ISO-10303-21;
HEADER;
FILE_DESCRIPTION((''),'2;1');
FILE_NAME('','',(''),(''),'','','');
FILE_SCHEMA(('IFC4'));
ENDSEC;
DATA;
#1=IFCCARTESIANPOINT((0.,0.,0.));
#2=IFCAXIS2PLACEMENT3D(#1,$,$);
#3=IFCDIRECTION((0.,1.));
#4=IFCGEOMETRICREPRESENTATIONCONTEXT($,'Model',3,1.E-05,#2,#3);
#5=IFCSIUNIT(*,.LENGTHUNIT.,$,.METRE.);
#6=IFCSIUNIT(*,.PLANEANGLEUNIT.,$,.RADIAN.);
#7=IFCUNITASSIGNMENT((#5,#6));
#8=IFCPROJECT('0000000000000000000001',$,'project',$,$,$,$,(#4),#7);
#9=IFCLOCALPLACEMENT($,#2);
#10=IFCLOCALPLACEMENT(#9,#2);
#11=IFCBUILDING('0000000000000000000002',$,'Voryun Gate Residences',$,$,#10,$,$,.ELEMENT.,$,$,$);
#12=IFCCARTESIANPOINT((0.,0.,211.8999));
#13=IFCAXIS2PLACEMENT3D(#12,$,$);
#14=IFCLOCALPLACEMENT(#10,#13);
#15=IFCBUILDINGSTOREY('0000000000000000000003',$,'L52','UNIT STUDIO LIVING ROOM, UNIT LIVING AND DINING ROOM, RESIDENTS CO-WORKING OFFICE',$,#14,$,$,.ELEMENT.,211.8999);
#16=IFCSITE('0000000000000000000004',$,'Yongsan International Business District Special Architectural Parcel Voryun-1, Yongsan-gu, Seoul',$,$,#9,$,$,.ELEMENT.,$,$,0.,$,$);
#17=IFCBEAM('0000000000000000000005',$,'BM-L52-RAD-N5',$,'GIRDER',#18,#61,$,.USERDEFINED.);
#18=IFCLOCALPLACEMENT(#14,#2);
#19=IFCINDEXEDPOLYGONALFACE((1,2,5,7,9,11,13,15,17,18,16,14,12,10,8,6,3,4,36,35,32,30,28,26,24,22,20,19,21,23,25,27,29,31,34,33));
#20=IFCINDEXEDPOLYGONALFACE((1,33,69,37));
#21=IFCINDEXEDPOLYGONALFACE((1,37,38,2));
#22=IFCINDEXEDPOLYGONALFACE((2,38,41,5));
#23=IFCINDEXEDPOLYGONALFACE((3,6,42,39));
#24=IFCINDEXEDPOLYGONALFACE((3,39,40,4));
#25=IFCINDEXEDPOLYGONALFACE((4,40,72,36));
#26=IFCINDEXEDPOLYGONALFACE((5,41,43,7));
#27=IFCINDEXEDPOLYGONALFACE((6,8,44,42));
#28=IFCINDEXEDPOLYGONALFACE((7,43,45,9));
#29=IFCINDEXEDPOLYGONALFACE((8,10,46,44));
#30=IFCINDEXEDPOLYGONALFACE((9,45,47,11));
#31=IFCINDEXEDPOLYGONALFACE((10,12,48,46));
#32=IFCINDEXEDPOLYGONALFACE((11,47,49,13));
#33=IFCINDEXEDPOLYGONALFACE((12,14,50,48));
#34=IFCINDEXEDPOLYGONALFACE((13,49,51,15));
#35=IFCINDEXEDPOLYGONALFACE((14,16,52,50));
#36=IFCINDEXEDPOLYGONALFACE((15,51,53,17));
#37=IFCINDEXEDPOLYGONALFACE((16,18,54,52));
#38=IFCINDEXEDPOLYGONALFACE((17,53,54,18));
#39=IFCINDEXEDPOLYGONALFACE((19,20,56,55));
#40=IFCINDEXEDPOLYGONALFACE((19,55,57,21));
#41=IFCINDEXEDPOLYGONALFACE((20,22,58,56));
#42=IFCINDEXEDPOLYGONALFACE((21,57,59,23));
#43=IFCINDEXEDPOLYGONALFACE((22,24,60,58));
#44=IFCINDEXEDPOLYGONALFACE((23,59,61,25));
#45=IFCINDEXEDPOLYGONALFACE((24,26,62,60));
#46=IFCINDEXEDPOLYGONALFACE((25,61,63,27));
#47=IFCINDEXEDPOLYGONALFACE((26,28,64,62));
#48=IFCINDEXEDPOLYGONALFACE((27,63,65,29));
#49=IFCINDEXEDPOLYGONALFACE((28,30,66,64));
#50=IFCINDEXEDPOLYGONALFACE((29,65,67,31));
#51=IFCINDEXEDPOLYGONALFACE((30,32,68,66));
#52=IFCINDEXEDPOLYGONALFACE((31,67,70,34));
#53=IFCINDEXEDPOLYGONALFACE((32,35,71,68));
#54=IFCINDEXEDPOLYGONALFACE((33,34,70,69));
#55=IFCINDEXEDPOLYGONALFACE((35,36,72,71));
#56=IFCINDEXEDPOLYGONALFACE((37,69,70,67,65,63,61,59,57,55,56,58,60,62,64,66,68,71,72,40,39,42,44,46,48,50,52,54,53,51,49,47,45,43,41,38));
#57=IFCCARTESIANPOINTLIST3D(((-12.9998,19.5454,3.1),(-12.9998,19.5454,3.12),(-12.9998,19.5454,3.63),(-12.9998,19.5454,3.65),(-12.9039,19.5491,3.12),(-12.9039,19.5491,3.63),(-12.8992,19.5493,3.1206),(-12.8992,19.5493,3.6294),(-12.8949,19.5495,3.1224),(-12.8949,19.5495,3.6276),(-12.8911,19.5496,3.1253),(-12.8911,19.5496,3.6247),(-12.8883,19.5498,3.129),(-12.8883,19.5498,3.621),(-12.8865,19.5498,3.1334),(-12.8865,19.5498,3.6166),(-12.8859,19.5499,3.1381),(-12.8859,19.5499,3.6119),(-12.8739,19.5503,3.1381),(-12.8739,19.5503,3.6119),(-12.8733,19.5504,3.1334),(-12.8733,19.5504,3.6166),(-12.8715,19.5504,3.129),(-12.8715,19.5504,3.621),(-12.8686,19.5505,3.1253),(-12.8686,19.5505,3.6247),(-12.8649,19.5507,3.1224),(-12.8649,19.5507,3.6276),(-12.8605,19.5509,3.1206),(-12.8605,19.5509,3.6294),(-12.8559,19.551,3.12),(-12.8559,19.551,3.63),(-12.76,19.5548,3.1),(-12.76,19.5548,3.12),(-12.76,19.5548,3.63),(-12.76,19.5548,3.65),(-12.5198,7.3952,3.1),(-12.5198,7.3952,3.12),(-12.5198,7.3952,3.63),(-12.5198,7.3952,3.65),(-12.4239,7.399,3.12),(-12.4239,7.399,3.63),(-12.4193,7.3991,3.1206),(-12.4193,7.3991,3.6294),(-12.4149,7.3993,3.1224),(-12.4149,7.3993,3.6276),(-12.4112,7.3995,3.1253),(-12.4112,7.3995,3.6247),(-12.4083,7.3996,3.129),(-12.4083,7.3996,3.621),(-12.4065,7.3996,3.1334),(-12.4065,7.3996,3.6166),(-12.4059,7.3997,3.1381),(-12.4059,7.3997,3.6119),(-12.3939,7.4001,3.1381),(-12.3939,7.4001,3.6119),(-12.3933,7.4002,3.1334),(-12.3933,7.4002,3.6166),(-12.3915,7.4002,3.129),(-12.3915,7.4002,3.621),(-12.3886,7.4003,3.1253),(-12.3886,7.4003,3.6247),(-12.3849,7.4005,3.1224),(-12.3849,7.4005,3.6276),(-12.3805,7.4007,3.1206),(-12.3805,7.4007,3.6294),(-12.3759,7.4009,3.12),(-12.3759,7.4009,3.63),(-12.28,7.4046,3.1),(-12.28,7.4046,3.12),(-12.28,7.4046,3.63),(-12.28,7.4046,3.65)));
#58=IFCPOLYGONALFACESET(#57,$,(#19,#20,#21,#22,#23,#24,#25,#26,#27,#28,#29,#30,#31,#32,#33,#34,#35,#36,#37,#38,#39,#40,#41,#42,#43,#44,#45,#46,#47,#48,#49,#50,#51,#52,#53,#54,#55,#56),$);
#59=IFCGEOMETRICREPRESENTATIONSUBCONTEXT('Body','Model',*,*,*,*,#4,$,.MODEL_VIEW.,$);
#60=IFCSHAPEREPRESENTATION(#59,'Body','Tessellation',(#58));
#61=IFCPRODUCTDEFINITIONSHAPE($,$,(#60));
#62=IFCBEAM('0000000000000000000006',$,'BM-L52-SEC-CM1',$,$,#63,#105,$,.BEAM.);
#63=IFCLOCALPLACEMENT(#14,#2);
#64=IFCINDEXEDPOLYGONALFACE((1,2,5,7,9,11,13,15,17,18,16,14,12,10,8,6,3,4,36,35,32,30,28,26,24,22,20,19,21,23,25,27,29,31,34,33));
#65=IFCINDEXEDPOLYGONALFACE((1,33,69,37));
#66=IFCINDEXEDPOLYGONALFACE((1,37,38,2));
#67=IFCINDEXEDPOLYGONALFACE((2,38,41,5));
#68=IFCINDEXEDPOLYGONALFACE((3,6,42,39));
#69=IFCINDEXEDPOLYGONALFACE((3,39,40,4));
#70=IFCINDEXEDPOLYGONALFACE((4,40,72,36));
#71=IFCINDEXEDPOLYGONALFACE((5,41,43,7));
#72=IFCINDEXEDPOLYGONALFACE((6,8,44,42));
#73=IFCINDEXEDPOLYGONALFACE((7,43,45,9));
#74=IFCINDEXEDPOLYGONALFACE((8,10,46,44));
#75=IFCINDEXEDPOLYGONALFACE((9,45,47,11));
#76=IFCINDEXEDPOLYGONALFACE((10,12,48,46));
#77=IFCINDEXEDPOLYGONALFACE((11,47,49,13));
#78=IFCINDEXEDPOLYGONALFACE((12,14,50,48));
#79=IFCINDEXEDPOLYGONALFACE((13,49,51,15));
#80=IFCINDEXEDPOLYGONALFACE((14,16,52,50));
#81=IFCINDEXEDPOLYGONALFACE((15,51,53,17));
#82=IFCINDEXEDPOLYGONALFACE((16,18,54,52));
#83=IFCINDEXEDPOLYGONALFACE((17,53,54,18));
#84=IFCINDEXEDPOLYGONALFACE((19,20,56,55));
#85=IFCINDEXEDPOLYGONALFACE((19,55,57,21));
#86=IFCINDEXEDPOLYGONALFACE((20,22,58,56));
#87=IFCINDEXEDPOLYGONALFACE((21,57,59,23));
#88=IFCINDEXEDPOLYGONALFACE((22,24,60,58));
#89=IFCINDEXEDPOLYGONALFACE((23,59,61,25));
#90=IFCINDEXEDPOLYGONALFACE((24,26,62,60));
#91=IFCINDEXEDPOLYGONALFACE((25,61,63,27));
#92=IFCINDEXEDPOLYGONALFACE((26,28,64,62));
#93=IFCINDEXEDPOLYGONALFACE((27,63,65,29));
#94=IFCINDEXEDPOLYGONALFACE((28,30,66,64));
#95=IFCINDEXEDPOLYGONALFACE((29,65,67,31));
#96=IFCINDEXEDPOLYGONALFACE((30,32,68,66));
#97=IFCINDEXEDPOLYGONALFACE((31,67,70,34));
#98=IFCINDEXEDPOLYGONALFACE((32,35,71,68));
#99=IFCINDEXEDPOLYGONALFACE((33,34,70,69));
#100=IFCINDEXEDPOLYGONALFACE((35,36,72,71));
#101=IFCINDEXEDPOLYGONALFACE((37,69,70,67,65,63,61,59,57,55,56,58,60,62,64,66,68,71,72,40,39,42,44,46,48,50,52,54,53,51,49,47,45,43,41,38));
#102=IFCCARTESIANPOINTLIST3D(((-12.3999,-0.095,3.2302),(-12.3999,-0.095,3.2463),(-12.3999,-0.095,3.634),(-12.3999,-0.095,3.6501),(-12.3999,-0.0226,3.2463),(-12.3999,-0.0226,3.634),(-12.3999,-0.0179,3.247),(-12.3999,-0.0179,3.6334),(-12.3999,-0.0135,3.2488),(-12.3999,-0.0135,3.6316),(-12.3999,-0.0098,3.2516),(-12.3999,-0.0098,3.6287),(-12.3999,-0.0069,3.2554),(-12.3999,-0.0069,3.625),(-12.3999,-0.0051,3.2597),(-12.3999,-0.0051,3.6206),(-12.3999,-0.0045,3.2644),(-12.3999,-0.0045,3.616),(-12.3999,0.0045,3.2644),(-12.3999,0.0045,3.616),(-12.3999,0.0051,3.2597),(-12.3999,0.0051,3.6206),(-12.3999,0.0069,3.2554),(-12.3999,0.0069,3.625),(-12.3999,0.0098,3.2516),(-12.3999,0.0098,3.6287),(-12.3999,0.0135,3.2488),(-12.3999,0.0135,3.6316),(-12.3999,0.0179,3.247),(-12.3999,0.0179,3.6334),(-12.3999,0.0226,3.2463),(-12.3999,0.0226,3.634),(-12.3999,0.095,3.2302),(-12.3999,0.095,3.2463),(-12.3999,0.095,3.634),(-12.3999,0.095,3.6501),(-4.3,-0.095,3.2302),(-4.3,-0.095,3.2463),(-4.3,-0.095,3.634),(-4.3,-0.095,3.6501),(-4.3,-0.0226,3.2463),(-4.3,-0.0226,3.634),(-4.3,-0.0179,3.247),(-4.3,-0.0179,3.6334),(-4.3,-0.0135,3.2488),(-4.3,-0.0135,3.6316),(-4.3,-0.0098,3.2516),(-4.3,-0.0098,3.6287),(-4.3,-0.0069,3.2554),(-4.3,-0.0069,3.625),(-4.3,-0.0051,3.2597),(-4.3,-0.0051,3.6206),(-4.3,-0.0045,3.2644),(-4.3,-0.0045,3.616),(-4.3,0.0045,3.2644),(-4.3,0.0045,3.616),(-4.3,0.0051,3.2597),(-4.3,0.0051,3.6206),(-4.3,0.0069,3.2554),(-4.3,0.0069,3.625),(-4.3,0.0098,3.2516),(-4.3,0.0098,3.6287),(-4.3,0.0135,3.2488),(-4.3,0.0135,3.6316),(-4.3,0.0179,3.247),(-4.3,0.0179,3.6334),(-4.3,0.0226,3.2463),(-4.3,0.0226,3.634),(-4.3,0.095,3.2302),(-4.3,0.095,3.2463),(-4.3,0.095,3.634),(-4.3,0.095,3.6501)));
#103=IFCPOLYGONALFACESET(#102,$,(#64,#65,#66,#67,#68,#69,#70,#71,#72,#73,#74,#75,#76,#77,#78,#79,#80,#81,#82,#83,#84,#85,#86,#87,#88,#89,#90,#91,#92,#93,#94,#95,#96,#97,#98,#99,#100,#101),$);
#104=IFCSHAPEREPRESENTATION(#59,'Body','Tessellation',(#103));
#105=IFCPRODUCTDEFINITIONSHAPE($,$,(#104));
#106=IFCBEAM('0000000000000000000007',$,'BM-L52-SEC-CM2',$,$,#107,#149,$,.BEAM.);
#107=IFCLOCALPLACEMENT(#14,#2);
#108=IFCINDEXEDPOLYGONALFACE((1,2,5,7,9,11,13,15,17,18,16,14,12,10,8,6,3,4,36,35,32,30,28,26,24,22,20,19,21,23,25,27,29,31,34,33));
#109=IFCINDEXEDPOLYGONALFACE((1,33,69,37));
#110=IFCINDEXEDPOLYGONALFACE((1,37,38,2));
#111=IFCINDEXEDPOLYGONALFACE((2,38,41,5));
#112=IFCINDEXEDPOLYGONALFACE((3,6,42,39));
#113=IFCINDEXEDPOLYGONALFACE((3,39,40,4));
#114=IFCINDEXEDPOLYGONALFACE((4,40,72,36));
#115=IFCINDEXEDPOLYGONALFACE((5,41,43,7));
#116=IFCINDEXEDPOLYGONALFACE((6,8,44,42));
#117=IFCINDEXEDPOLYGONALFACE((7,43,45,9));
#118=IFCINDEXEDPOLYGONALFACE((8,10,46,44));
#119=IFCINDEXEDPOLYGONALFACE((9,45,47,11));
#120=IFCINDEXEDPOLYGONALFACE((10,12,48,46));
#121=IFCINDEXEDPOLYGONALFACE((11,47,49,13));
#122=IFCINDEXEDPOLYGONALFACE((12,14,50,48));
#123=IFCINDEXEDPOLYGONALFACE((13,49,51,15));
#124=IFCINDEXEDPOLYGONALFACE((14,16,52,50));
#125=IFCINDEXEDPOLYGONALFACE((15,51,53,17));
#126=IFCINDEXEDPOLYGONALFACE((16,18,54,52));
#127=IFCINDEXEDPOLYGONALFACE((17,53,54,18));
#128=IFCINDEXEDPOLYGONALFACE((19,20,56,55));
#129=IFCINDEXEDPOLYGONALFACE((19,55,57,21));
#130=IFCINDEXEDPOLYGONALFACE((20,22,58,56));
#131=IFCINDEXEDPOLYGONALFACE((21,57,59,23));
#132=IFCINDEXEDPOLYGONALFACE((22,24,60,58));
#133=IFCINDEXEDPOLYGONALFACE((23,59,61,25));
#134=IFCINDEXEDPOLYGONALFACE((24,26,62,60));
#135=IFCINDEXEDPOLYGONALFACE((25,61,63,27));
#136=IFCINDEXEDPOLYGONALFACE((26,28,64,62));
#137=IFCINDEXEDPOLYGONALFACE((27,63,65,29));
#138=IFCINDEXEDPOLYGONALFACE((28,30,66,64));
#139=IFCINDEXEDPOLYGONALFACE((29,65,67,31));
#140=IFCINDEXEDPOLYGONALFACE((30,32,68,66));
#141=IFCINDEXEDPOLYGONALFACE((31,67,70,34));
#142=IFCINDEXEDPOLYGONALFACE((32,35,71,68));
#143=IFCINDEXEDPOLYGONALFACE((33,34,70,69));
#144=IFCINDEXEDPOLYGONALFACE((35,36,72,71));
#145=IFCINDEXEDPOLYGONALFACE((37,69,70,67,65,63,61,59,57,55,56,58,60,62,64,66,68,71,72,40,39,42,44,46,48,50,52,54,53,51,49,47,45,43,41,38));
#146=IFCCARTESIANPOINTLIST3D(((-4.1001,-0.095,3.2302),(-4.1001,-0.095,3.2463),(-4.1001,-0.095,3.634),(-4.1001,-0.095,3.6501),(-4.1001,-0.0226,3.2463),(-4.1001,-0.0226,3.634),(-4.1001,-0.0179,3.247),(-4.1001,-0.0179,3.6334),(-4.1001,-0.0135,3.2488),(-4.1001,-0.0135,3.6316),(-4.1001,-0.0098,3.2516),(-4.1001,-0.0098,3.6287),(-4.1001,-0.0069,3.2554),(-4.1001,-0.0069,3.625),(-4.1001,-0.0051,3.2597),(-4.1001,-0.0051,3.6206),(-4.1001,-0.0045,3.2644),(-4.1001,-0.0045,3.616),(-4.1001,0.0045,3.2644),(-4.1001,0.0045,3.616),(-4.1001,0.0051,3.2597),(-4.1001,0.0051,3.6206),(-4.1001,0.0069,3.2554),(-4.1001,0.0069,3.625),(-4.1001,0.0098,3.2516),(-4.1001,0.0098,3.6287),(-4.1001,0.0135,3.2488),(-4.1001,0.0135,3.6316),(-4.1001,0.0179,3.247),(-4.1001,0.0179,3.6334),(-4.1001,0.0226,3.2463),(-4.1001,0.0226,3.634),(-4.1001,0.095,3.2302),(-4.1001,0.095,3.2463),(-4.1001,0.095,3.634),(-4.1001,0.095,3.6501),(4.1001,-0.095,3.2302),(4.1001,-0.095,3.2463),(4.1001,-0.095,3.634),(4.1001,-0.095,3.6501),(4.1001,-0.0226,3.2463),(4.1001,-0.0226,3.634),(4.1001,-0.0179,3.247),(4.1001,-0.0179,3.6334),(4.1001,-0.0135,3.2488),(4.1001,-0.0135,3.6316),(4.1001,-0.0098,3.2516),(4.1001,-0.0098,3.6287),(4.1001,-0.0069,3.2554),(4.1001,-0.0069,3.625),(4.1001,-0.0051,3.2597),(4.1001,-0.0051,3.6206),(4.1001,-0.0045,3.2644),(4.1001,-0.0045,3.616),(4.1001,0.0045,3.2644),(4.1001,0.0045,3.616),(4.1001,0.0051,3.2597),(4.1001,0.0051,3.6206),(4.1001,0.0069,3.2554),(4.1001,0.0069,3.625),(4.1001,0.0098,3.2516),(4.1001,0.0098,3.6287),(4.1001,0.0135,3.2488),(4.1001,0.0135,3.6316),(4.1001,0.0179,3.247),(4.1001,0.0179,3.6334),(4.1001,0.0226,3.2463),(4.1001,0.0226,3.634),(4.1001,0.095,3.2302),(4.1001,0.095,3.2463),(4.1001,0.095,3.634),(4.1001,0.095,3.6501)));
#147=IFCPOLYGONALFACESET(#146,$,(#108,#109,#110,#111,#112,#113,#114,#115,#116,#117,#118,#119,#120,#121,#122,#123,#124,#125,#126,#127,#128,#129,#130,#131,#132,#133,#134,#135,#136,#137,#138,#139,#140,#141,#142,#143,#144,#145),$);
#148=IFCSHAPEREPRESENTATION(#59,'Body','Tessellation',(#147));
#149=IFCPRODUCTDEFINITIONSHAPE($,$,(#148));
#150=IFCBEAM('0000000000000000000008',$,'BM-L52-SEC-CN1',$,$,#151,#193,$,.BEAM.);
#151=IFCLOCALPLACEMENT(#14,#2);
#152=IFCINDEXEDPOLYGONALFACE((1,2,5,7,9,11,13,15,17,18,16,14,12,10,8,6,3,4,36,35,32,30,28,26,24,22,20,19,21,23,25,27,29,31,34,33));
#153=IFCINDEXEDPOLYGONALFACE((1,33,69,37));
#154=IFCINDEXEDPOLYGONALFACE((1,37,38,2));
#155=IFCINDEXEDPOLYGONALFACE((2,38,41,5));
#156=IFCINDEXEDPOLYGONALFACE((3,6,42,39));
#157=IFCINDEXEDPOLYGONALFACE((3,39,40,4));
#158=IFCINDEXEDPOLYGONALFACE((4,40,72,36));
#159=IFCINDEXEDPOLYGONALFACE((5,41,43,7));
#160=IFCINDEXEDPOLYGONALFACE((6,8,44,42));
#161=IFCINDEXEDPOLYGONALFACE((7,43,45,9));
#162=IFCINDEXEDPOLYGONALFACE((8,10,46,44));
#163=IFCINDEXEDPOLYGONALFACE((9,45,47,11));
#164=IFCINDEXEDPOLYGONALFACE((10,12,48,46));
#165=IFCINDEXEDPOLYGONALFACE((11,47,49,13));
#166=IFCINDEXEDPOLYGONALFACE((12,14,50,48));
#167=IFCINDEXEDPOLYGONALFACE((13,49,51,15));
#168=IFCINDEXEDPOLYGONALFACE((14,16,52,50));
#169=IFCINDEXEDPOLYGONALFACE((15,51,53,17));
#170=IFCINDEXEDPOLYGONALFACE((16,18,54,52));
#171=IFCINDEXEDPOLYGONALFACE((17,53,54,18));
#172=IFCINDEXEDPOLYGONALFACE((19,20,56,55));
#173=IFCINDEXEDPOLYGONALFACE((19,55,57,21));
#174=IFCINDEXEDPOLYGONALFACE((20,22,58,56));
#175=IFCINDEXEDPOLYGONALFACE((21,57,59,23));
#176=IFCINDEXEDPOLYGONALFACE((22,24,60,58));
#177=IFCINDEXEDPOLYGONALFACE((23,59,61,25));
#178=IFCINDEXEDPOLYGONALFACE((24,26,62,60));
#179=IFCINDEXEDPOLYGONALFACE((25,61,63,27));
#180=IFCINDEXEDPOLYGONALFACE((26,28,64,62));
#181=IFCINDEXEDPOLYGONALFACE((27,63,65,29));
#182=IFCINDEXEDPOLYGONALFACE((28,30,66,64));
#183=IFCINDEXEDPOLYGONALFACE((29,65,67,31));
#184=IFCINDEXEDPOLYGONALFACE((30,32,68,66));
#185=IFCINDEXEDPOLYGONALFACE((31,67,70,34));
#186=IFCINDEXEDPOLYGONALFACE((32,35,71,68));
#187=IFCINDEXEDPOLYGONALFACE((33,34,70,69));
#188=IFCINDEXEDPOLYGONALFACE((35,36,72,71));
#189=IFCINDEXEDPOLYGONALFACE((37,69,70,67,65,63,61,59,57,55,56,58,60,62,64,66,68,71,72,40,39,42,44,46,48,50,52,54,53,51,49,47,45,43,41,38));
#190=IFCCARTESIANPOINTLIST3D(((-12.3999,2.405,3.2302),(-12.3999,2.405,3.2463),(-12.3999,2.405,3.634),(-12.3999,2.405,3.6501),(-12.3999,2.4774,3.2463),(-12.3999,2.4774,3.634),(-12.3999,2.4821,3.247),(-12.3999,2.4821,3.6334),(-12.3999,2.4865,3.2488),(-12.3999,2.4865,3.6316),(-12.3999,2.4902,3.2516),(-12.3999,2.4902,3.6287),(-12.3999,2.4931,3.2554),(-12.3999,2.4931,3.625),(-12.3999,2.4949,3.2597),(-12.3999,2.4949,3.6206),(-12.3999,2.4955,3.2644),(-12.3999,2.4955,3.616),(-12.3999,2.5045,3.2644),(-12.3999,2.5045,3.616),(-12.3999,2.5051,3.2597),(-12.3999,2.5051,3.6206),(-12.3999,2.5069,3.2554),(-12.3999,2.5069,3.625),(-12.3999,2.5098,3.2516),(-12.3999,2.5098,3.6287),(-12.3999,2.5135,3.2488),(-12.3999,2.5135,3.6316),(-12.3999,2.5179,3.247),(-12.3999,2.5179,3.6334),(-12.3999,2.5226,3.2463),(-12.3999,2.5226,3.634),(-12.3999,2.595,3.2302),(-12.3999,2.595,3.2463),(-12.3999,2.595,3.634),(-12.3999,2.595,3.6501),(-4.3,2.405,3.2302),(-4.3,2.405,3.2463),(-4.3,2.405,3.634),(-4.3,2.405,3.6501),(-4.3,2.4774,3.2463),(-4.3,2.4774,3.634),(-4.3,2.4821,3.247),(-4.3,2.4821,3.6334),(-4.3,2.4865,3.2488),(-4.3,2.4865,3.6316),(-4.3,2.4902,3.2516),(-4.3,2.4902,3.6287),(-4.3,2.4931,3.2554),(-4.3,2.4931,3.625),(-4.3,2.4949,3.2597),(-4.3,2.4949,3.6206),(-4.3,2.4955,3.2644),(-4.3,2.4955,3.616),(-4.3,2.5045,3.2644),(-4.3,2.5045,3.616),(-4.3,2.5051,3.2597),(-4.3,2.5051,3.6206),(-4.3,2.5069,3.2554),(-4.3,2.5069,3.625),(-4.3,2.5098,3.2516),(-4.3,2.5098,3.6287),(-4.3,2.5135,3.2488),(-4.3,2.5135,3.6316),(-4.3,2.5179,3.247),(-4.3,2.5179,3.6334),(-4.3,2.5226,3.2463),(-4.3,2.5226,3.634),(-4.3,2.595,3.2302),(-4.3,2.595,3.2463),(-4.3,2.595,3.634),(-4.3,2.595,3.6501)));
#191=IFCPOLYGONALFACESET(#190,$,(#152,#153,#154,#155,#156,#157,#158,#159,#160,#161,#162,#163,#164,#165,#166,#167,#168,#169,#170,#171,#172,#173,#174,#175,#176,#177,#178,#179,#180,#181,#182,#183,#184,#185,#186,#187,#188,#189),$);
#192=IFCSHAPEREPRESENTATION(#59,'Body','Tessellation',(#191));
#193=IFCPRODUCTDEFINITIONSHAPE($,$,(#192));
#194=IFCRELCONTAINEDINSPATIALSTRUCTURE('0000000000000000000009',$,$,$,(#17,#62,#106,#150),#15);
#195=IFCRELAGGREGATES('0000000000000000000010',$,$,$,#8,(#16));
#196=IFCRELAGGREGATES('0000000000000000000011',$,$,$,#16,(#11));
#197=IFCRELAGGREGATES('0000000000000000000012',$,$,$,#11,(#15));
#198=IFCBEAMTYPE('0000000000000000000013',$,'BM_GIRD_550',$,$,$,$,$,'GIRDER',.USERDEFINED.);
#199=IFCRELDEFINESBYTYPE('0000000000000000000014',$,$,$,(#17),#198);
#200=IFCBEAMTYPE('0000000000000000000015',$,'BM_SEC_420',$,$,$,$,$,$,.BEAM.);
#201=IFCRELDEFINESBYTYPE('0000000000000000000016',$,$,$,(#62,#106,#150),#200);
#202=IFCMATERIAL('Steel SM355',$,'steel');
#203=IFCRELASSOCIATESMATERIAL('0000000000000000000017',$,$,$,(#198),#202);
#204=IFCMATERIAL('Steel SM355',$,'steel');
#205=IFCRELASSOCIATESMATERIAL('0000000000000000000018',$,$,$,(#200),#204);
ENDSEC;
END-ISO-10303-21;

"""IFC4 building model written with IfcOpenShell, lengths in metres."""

from ifc_helpers import new_model, si_unit, direction, frame, origin, origin_2d, place, context, subcontext, project, spatial, i_section, extrude, material, material_profile, profile_set, type_object, element, save


model = new_model("IFC4")

# Units and contexts
model_context = context("Model", 3, precision=1e-05, world=origin(), true_north=direction((0.0, 1.0)))
body_context = subcontext(model_context, "Body", "Model", "MODEL_VIEW")
ifc_project = project(units=[si_unit("LENGTHUNIT", "METRE"), si_unit("PLANEANGLEUNIT", "RADIAN")], contexts=[model_context])

# Site, building, storey
site_placement = place(None, origin())
site = spatial("IfcSite", under=ifc_project, at=site_placement, Name="Yongsan International Business District Special Architectural Parcel Voryun-1, Yongsan-gu, Seoul", CompositionType="ELEMENT", RefElevation=0.0)
building_placement = place(site_placement, origin())
building = spatial("IfcBuilding", under=site, at=building_placement, Name="Voryun Gate Residences", CompositionType="ELEMENT")
storey_placement = place(building_placement, frame((0.0, 0.0, 211.8999)))
storey = spatial("IfcBuildingStorey", under=building, at=storey_placement, Name="L52", Description="UNIT STUDIO LIVING ROOM, UNIT LIVING AND DINING ROOM, RESIDENTS CO-WORKING OFFICE", CompositionType="ELEMENT", Elevation=211.8999)

# Beams
ifc_material_1 = material(Name="Steel SM355", Category="steel")
ifc_material_profile_1 = material_profile(ifc_material_1, i_section(OverallWidth=0.24, OverallDepth=0.55, WebThickness=0.012, FlangeThickness=0.02, FilletRadius=0.0181, at=origin_2d()), Name="H-550x240x12x20")
ifc_profile_set_1 = profile_set([ifc_material_profile_1], Name="Steel SM355")
beam_type_1 = type_object("IfcBeamType", Name="BM_GIRD_550", ElementType="GIRDER", PredefinedType="USERDEFINED", material=ifc_profile_set_1)
beam_1_placement = place(storey_placement, frame((-12.3999, 7.3999, 3.375), z_axis=(-0.039473, 0.999221, 0.0), x_axis=(-0.999221, -0.039473, 0.0)))
element("IfcBeam", 1, at=beam_1_placement, inside=storey, type_object=beam_type_1, Name="BM-L52-RAD-N5", ObjectType="GIRDER", PredefinedType="USERDEFINED", context=body_context, shape_type="SweptSolid", body=[
    extrude(i_section(OverallWidth=0.24, OverallDepth=0.55, WebThickness=0.012, FlangeThickness=0.02, FilletRadius=0.0181, at=origin_2d()), origin(), (0.0, 0.0, 1.0), 12.1597),
])
ifc_material_2 = material(Name="Steel SM355", Category="steel")
ifc_material_profile_2 = material_profile(ifc_material_2, i_section(OverallWidth=0.1899, OverallDepth=0.4199, WebThickness=0.009, FlangeThickness=0.0161, FilletRadius=0.0181, at=origin_2d()), Name="H-420x190x9x16")
ifc_profile_set_2 = profile_set([ifc_material_profile_2], Name="Steel SM355")
beam_type_2 = type_object("IfcBeamType", Name="BM_SEC_420", PredefinedType="BEAM", material=ifc_profile_set_2)
beam_2_placement = place(storey_placement, frame((-12.3999, 0.0, 3.4402), z_axis=(1.0, 0.0, 0.0), x_axis=(0.0, 1.0, 0.0)))
element("IfcBeam", 2, at=beam_2_placement, inside=storey, type_object=beam_type_2, Name="BM-L52-SEC-CM1", PredefinedType="BEAM", context=body_context, shape_type="SweptSolid", body=[
    extrude(i_section(OverallWidth=0.1899, OverallDepth=0.4199, WebThickness=0.009, FlangeThickness=0.0161, FilletRadius=0.0181, at=origin_2d()), origin(), (0.0, 0.0, 1.0), 8.0999),
])
beam_3_placement = place(storey_placement, frame((-4.1001, 0.0, 3.4402), z_axis=(1.0, 0.0, 0.0), x_axis=(0.0, 1.0, 0.0)))
element("IfcBeam", 3, at=beam_3_placement, inside=storey, type_object=beam_type_2, Name="BM-L52-SEC-CM2", PredefinedType="BEAM", context=body_context, shape_type="SweptSolid", body=[
    extrude(i_section(OverallWidth=0.1899, OverallDepth=0.4199, WebThickness=0.009, FlangeThickness=0.0161, FilletRadius=0.0181, at=origin_2d()), origin(), (0.0, 0.0, 1.0), 8.2002),
])
beam_4_placement = place(storey_placement, frame((-12.3999, 2.5, 3.4402), z_axis=(1.0, 0.0, 0.0), x_axis=(0.0, 1.0, 0.0)))
element("IfcBeam", 4, at=beam_4_placement, inside=storey, type_object=beam_type_2, Name="BM-L52-SEC-CN1", PredefinedType="BEAM", context=body_context, shape_type="SweptSolid", body=[
    extrude(i_section(OverallWidth=0.1899, OverallDepth=0.4199, WebThickness=0.009, FlangeThickness=0.0161, FilletRadius=0.0181, at=origin_2d()), origin(), (0.0, 0.0, 1.0), 8.0999),
])

save(model, "model.ifc")
